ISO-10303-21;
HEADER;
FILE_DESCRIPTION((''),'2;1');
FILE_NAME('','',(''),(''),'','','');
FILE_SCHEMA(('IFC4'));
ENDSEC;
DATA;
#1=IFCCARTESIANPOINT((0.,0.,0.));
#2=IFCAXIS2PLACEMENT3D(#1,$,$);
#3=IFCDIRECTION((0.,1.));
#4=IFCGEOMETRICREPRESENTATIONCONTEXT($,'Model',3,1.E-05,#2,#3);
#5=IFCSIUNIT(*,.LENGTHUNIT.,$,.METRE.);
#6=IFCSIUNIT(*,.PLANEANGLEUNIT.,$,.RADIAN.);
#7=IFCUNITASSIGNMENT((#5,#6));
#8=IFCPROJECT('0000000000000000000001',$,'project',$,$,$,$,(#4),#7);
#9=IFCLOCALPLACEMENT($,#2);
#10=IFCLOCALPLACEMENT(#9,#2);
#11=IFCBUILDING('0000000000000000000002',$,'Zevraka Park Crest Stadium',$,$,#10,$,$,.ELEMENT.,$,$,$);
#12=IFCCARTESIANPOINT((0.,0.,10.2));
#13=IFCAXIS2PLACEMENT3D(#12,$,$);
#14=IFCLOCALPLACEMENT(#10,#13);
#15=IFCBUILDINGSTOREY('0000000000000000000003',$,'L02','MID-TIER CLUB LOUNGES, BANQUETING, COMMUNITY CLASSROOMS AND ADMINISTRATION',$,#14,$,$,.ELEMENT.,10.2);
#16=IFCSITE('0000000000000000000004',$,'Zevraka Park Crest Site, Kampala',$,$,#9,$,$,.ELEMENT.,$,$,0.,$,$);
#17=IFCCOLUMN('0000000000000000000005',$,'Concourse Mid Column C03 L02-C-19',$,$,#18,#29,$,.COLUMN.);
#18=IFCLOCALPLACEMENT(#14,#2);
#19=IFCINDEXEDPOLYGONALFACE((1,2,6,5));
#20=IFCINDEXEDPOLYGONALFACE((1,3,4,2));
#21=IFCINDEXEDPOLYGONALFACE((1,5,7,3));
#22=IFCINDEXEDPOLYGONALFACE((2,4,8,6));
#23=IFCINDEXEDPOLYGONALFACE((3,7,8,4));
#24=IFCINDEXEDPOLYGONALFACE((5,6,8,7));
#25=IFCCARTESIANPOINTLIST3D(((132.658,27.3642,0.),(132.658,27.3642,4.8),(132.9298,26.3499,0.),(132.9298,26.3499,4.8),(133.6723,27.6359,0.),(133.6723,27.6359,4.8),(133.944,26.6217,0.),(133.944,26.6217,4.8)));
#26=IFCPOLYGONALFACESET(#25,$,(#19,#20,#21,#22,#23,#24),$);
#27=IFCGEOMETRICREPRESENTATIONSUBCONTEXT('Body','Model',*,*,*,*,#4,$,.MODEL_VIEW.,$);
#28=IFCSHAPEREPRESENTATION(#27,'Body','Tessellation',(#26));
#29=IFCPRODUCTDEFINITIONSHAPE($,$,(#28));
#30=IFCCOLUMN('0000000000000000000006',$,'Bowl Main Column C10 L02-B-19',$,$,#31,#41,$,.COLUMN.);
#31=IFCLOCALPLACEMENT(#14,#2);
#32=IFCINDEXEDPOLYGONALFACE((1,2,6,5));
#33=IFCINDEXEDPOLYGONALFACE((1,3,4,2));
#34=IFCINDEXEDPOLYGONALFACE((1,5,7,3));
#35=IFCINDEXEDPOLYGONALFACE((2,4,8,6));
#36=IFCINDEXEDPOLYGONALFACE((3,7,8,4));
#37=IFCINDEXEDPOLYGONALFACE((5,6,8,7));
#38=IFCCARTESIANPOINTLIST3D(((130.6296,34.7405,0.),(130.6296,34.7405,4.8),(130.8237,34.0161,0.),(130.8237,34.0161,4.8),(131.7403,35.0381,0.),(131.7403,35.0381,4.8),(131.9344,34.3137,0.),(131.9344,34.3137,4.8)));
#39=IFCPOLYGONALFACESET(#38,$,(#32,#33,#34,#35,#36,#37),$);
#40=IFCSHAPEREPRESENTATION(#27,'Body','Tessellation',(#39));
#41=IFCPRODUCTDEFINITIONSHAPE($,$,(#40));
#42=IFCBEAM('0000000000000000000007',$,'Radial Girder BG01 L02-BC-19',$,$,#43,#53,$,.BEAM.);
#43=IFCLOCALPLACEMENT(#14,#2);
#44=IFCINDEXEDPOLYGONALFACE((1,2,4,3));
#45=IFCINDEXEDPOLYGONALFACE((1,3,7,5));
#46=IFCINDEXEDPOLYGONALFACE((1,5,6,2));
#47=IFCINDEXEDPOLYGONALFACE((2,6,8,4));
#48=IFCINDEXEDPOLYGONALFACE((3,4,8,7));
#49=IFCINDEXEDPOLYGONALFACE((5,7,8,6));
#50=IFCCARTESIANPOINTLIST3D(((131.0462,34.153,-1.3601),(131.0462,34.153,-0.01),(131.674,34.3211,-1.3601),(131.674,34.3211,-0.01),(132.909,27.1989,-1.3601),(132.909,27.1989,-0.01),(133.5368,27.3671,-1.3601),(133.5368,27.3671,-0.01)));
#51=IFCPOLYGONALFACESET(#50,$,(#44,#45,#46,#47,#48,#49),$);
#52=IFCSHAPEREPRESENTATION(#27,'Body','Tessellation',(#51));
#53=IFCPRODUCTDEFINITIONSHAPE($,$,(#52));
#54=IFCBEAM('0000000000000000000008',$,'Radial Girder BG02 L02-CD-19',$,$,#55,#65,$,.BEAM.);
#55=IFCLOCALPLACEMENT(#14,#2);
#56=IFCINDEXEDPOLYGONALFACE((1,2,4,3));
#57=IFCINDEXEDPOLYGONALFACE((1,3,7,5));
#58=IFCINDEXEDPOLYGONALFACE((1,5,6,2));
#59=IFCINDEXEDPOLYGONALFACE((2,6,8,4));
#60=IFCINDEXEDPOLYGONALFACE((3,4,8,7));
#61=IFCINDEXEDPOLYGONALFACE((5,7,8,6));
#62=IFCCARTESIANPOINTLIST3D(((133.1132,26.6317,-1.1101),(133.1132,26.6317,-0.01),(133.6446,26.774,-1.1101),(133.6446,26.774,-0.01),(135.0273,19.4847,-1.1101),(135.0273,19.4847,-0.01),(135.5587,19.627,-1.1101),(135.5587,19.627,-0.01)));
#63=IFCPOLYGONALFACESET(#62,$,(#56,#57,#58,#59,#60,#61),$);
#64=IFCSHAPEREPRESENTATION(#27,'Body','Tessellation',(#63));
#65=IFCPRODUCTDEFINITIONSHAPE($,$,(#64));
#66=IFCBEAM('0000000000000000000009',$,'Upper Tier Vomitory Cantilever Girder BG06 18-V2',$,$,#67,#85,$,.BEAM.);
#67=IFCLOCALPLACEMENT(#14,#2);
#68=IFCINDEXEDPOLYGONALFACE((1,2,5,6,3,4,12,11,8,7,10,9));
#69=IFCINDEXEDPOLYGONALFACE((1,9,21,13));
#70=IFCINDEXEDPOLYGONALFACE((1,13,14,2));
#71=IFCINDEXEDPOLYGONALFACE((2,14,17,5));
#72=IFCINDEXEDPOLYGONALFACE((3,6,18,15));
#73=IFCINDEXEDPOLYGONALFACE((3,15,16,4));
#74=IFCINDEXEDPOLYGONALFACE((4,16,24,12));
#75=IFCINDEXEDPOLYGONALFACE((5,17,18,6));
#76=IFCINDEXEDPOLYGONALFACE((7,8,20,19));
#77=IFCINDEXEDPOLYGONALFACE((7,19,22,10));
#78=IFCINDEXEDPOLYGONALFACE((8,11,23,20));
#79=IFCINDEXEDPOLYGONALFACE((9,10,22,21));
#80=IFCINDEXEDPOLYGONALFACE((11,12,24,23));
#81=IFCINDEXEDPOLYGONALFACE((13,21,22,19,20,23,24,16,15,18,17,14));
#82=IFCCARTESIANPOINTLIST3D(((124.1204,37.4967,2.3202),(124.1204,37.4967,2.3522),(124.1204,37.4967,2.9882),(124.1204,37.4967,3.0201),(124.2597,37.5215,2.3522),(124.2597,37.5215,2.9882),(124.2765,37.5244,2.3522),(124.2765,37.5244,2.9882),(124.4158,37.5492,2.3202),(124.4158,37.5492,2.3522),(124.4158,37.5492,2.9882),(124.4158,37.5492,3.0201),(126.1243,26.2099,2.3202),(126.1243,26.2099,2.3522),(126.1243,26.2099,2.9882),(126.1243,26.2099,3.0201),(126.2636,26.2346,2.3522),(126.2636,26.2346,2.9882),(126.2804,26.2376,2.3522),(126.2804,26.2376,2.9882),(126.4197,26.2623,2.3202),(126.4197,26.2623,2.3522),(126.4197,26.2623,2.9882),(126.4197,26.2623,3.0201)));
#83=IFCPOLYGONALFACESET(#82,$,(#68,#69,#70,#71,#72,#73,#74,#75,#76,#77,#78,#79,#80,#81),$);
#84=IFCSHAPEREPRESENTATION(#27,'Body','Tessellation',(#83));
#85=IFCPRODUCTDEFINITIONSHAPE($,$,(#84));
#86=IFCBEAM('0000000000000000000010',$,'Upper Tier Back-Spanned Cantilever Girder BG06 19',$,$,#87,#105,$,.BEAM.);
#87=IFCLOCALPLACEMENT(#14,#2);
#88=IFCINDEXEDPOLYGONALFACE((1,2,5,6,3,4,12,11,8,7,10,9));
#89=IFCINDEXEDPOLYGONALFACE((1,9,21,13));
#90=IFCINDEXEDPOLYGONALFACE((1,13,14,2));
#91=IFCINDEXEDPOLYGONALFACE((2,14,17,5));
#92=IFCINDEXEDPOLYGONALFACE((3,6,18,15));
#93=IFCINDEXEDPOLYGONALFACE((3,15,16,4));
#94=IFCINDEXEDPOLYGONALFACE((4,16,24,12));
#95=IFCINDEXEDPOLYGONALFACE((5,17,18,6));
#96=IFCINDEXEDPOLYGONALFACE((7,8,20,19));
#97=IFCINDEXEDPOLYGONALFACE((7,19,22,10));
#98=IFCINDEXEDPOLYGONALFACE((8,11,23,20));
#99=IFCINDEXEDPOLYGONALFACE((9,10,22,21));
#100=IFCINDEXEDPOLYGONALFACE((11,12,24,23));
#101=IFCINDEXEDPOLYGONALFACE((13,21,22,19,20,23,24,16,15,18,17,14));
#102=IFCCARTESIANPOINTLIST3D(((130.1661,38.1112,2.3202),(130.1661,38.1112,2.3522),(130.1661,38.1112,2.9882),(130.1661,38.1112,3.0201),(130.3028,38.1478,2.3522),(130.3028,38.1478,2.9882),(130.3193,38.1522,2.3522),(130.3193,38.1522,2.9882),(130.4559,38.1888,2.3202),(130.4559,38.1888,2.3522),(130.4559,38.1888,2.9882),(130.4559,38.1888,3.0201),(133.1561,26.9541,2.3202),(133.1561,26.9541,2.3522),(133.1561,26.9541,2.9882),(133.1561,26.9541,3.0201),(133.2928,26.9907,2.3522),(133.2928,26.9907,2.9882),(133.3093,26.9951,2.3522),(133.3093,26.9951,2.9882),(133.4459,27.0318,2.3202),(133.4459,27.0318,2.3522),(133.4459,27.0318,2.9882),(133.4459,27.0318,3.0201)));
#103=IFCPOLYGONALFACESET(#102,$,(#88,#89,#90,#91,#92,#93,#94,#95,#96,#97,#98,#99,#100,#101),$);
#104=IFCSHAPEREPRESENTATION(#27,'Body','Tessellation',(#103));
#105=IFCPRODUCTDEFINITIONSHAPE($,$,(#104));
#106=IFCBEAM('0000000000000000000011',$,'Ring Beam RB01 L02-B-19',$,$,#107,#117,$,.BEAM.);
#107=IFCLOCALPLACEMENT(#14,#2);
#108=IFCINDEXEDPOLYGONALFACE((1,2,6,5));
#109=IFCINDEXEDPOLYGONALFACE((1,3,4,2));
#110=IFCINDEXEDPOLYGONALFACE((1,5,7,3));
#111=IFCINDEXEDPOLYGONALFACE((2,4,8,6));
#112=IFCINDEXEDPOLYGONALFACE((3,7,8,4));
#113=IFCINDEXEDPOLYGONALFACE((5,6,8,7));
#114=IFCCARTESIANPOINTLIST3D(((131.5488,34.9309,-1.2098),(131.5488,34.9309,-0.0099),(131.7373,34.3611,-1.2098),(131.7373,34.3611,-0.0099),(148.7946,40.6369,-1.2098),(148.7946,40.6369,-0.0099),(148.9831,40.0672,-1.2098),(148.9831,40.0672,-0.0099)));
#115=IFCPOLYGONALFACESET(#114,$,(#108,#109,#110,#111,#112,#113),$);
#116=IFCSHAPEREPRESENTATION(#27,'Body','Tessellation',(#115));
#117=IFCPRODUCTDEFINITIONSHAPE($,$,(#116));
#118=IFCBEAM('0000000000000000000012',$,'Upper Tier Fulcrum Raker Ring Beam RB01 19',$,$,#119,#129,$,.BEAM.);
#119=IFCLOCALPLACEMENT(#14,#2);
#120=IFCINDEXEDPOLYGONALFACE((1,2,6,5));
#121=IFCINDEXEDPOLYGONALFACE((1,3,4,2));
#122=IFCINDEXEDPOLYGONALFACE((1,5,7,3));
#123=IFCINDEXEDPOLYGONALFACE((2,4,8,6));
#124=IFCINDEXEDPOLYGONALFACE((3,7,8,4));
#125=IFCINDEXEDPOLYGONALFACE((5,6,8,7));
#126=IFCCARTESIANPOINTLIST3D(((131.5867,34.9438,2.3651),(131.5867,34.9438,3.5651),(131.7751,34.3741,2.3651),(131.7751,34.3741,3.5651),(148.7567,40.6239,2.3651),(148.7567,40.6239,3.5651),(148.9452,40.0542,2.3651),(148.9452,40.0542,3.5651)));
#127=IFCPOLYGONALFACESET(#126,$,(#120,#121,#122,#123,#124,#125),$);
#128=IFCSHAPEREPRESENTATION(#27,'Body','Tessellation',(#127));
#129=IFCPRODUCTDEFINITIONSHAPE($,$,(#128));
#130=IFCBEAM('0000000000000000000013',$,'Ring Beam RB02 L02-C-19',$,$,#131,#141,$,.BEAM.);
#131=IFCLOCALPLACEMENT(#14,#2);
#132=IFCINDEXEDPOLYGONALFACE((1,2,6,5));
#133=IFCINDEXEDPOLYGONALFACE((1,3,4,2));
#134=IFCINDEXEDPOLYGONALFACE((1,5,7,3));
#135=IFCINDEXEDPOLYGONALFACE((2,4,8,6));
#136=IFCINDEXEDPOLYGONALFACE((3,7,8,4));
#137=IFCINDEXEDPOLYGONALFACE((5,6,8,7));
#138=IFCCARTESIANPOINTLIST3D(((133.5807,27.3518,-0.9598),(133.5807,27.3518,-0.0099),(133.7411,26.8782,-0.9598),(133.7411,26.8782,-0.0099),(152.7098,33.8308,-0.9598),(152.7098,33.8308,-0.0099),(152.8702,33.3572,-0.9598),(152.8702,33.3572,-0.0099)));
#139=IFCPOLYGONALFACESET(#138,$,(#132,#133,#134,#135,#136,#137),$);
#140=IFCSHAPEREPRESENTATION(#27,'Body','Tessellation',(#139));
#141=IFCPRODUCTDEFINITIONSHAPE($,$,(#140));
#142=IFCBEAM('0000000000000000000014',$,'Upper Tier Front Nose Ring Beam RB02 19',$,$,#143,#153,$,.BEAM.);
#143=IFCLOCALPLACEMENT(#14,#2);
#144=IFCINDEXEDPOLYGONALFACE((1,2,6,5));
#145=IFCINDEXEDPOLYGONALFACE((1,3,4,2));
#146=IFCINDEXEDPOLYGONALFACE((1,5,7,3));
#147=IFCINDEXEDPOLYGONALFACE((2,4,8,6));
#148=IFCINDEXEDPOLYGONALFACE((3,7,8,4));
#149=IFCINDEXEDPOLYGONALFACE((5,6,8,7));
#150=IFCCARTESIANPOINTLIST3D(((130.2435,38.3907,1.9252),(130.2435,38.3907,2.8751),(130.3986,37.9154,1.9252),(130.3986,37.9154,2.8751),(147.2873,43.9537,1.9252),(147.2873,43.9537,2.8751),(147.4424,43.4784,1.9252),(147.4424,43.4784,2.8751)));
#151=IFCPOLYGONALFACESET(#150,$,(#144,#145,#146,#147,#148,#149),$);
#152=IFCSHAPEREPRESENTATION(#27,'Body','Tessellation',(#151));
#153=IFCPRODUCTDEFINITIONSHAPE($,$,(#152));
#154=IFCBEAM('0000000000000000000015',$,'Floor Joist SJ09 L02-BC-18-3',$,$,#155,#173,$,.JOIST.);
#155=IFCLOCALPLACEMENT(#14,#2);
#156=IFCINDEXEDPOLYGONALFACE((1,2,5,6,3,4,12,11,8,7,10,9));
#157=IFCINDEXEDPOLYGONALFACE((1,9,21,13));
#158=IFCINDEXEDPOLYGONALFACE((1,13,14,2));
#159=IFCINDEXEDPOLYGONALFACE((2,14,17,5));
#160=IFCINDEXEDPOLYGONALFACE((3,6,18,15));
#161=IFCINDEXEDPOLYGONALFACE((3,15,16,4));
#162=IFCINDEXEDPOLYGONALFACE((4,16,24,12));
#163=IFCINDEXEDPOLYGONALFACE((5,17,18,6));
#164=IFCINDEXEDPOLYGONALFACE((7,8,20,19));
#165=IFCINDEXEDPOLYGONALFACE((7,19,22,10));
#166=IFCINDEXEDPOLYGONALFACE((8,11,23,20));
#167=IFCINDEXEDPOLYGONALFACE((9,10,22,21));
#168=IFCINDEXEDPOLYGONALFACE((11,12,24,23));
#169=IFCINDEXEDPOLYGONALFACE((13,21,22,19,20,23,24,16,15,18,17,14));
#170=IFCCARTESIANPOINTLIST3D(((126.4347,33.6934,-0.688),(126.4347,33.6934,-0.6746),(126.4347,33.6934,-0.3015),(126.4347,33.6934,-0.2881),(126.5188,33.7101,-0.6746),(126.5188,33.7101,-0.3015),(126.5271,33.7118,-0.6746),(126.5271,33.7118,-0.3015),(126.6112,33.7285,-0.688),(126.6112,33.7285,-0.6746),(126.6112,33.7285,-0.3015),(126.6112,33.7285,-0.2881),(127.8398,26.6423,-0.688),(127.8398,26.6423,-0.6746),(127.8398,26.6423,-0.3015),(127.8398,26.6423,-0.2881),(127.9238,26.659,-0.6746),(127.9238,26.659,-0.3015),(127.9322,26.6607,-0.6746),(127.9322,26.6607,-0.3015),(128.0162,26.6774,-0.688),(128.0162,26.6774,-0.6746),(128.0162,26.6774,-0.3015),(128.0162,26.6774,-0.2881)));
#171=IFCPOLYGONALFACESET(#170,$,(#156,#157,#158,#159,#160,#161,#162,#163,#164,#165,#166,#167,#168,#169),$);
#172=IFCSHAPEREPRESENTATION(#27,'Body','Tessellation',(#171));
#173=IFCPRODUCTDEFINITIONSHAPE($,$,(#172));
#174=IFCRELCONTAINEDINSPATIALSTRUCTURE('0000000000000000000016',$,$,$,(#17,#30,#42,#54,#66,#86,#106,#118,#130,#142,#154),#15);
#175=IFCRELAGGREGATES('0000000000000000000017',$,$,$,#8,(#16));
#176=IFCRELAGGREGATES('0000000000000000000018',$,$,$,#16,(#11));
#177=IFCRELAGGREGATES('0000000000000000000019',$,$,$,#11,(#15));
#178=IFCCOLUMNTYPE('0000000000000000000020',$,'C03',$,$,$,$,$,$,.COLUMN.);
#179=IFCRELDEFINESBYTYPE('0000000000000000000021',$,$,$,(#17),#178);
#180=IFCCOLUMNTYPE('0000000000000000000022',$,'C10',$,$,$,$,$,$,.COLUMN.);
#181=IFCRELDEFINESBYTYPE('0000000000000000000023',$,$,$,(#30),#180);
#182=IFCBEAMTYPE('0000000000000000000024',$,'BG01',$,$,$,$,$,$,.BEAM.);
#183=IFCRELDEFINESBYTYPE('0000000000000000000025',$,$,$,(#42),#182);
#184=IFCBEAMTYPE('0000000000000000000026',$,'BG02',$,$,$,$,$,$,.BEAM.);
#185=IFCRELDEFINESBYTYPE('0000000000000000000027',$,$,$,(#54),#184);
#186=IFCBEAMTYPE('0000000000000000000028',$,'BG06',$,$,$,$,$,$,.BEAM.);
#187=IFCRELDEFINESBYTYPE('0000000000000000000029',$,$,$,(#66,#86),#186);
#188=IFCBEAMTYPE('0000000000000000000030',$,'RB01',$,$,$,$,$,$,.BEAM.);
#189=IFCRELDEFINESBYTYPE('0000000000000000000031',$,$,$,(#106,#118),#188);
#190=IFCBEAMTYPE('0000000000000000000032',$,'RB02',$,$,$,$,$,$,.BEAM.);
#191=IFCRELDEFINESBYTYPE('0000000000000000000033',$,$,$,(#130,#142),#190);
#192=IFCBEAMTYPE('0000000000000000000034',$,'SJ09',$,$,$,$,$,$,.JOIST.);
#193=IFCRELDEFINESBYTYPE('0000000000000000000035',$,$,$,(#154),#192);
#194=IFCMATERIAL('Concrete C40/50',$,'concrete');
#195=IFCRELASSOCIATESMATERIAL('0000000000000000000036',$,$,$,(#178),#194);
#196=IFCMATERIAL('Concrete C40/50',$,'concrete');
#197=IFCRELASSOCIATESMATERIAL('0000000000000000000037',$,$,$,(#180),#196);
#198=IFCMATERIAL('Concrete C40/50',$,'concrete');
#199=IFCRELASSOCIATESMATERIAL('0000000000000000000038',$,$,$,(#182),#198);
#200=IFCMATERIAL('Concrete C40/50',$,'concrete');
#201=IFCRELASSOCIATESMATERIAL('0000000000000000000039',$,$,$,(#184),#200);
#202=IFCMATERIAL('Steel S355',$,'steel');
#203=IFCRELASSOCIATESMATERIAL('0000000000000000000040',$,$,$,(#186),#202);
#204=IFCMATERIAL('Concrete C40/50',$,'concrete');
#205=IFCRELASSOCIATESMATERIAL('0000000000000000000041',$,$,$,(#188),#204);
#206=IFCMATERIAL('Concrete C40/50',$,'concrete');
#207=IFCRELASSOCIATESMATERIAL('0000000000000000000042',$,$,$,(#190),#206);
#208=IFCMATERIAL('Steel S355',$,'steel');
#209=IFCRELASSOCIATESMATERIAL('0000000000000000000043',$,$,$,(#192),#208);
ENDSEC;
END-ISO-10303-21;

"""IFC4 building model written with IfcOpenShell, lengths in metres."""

from ifc_helpers import new_model, si_unit, direction, frame, origin, origin_2d, place, context, subcontext, project, spatial, rectangle, i_section, extrude, material, material_profile, profile_set, type_object, element, save


model = new_model("IFC4")

# Units and contexts
model_context = context("Model", 3, precision=1e-05, world=origin(), true_north=direction((0.0, 1.0)))
body_context = subcontext(model_context, "Body", "Model", "MODEL_VIEW")
ifc_project = project(units=[si_unit("LENGTHUNIT", "METRE"), si_unit("PLANEANGLEUNIT", "RADIAN")], contexts=[model_context])

# Site, building, storey
site_placement = place(None, origin())
site = spatial("IfcSite", under=ifc_project, at=site_placement, Name="Zevraka Park Crest Site, Kampala", CompositionType="ELEMENT", RefElevation=0.0)
building_placement = place(site_placement, origin())
building = spatial("IfcBuilding", under=site, at=building_placement, Name="Zevraka Park Crest Stadium", CompositionType="ELEMENT")
storey_placement = place(building_placement, frame((0.0, 0.0, 10.2)))
storey = spatial("IfcBuildingStorey", under=building, at=storey_placement, Name="L02", Description="MID-TIER CLUB LOUNGES, BANQUETING, COMMUNITY CLASSROOMS AND ADMINISTRATION", CompositionType="ELEMENT", Elevation=10.2)

# Columns
ifc_material_1 = material(Name="Concrete C40/50", Category="concrete")
ifc_material_profile_1 = material_profile(ifc_material_1, rectangle(XDim=1.05, YDim=1.05, at=origin_2d()), Name="RC 1050x1050")
ifc_profile_set_1 = profile_set([ifc_material_profile_1], Name="Concrete C40/50")
column_type_1 = type_object("IfcColumnType", Name="C03", PredefinedType="COLUMN", material=ifc_profile_set_1)
column_1_placement = place(storey_placement, frame((133.301, 26.9929, 0.0), z_axis=(0.0, 0.0, 1.0), x_axis=(-0.258819, 0.965926, 0.0)))
element("IfcColumn", 1, at=column_1_placement, inside=storey, type_object=column_type_1, Name="Concourse Mid Column C03 L02-C-19", PredefinedType="COLUMN", context=body_context, shape_type="SweptSolid", body=[
    extrude(rectangle(XDim=1.05, YDim=1.05, at=origin_2d()), origin(), (0.0, 0.0, 1.0), 4.8),
])
ifc_material_2 = material(Name="Concrete C40/50", Category="concrete")
ifc_material_profile_2 = material_profile(ifc_material_2, rectangle(XDim=0.75, YDim=1.1499, at=origin_2d()), Name="RC 1150x750")
ifc_profile_set_2 = profile_set([ifc_material_profile_2], Name="Concrete C40/50")
column_type_2 = type_object("IfcColumnType", Name="C10", PredefinedType="COLUMN", material=ifc_profile_set_2)
column_2_placement = place(storey_placement, frame((131.282, 34.5271, 0.0), z_axis=(0.0, 0.0, 1.0), x_axis=(-0.258819, 0.965926, 0.0)))
element("IfcColumn", 2, at=column_2_placement, inside=storey, type_object=column_type_2, Name="Bowl Main Column C10 L02-B-19", PredefinedType="COLUMN", context=body_context, shape_type="SweptSolid", body=[
    extrude(rectangle(XDim=0.75, YDim=1.1499, at=origin_2d()), origin(), (0.0, 0.0, 1.0), 4.8),
])

# Beams
ifc_material_3 = material(Name="Concrete C40/50", Category="concrete")
ifc_material_profile_3 = material_profile(ifc_material_3, rectangle(XDim=0.6499, YDim=1.3501, at=origin_2d()), Name="RC 1350x650")
ifc_profile_set_3 = profile_set([ifc_material_profile_3], Name="Concrete C40/50")
beam_type_1 = type_object("IfcBeamType", Name="BG01", PredefinedType="BEAM", material=ifc_profile_set_3)
beam_1_placement = place(storey_placement, frame((131.3601, 34.2371, -0.6851), z_axis=(0.258747, -0.965945, 0.0), x_axis=(0.965945, 0.258747, 0.0)))
element("IfcBeam", 3, at=beam_1_placement, inside=storey, type_object=beam_type_1, Name="Radial Girder BG01 L02-BC-19", PredefinedType="BEAM", context=body_context, shape_type="SweptSolid", body=[
    extrude(rectangle(XDim=0.6499, YDim=1.3501, at=origin_2d()), origin(), (0.0, 0.0, 1.0), 7.1992),
])
ifc_material_4 = material(Name="Concrete C40/50", Category="concrete")
ifc_material_profile_4 = material_profile(ifc_material_4, rectangle(XDim=0.55, YDim=1.1001, at=origin_2d()), Name="RC 1100x550")
ifc_profile_set_4 = profile_set([ifc_material_profile_4], Name="Concrete C40/50")
beam_type_2 = type_object("IfcBeamType", Name="BG02", PredefinedType="BEAM", material=ifc_profile_set_4)
beam_2_placement = place(storey_placement, frame((133.3789, 26.7029, -0.5601), z_axis=(0.258698, -0.965958, 0.0), x_axis=(0.965958, 0.258698, 0.0)))
element("IfcBeam", 4, at=beam_2_placement, inside=storey, type_object=beam_type_2, Name="Radial Girder BG02 L02-CD-19", PredefinedType="BEAM", context=body_context, shape_type="SweptSolid", body=[
    extrude(rectangle(XDim=0.55, YDim=1.1001, at=origin_2d()), origin(), (0.0, 0.0, 1.0), 7.3989),
])
ifc_material_5 = material(Name="Steel S355", Category="steel")
ifc_material_profile_5 = material_profile(ifc_material_5, i_section(OverallWidth=0.3, OverallDepth=0.7, WebThickness=0.0171, FlangeThickness=0.032, at=origin_2d()), Name="HEB 700")
ifc_profile_set_5 = profile_set([ifc_material_profile_5], Name="Steel S355")
beam_type_3 = type_object("IfcBeamType", Name="BG06", PredefinedType="BEAM", material=ifc_profile_set_5)
beam_3_placement = place(storey_placement, frame((126.272, 26.2361, 2.6702), z_axis=(-0.174809, 0.984602, 0.0), x_axis=(-0.984602, -0.174809, 0.0)))
element("IfcBeam", 5, at=beam_3_placement, inside=storey, type_object=beam_type_3, Name="Upper Tier Vomitory Cantilever Girder BG06 18-V2", PredefinedType="BEAM", context=body_context, shape_type="SweptSolid", body=[
    extrude(i_section(OverallWidth=0.3, OverallDepth=0.7, WebThickness=0.0171, FlangeThickness=0.032, at=origin_2d()), origin(), (0.0, 0.0, 1.0), 11.4634),
])
beam_4_placement = place(storey_placement, frame((133.301, 26.9929, 2.6702), z_axis=(-0.258858, 0.965915, 0.0), x_axis=(-0.965915, -0.258858, 0.0)))
element("IfcBeam", 6, at=beam_4_placement, inside=storey, type_object=beam_type_3, Name="Upper Tier Back-Spanned Cantilever Girder BG06 19", PredefinedType="BEAM", context=body_context, shape_type="SweptSolid", body=[
    extrude(i_section(OverallWidth=0.3, OverallDepth=0.7, WebThickness=0.0171, FlangeThickness=0.032, at=origin_2d()), origin(), (0.0, 0.0, 1.0), 11.5508),
])
ifc_material_6 = material(Name="Concrete C40/50", Category="concrete")
ifc_material_profile_6 = material_profile(ifc_material_6, rectangle(XDim=0.6001, YDim=1.2, at=origin_2d()), Name="RC 1200x600")
ifc_profile_set_6 = profile_set([ifc_material_profile_6], Name="Concrete C40/50")
beam_type_4 = type_object("IfcBeamType", Name="RB01", PredefinedType="BEAM", material=ifc_profile_set_6)
beam_5_placement = place(storey_placement, frame((131.6431, 34.646, -0.6099), z_axis=(0.949384, 0.314118, 0.0), x_axis=(-0.314118, 0.949384, 0.0)))
element("IfcBeam", 7, at=beam_5_placement, inside=storey, type_object=beam_type_4, Name="Ring Beam RB01 L02-B-19", PredefinedType="BEAM", context=body_context, shape_type="SweptSolid", body=[
    extrude(rectangle(XDim=0.6001, YDim=1.2, at=origin_2d()), origin(), (0.0, 0.0, 1.0), 18.1653),
])
beam_6_placement = place(storey_placement, frame((131.6809, 34.6589, 2.9651), z_axis=(0.949398, 0.314077, 0.0), x_axis=(-0.314077, 0.949398, 0.0)))
element("IfcBeam", 8, at=beam_6_placement, inside=storey, type_object=beam_type_4, Name="Upper Tier Fulcrum Raker Ring Beam RB01 19", PredefinedType="BEAM", context=body_context, shape_type="SweptSolid", body=[
    extrude(rectangle(XDim=0.6001, YDim=1.2, at=origin_2d()), origin(), (0.0, 0.0, 1.0), 18.0852),
])
ifc_material_7 = material(Name="Concrete C40/50", Category="concrete")
ifc_material_profile_7 = material_profile(ifc_material_7, rectangle(XDim=0.5, YDim=0.95, at=origin_2d()), Name="RC 950x500")
ifc_profile_set_7 = profile_set([ifc_material_profile_7], Name="Concrete C40/50")
beam_type_5 = type_object("IfcBeamType", Name="RB02", PredefinedType="BEAM", material=ifc_profile_set_7)
beam_7_placement = place(storey_placement, frame((133.6609, 27.115, -0.4849), z_axis=(0.947148, 0.320797, 0.0), x_axis=(-0.320797, 0.947148, 0.0)))
element("IfcBeam", 9, at=beam_7_placement, inside=storey, type_object=beam_type_5, Name="Ring Beam RB02 L02-C-19", PredefinedType="BEAM", context=body_context, shape_type="SweptSolid", body=[
    extrude(rectangle(XDim=0.5, YDim=0.95, at=origin_2d()), origin(), (0.0, 0.0, 1.0), 20.1965),
])
beam_8_placement = place(storey_placement, frame((130.321, 38.1531, 2.4001), z_axis=(0.950645, 0.310282, 0.0), x_axis=(-0.310282, 0.950645, 0.0)))
element("IfcBeam", 10, at=beam_8_placement, inside=storey, type_object=beam_type_5, Name="Upper Tier Front Nose Ring Beam RB02 19", PredefinedType="BEAM", context=body_context, shape_type="SweptSolid", body=[
    extrude(rectangle(XDim=0.5, YDim=0.95, at=origin_2d()), origin(), (0.0, 0.0, 1.0), 17.9287),
])
ifc_material_8 = material(Name="Steel S355", Category="steel")
ifc_material_profile_8 = material_profile(ifc_material_8, i_section(OverallWidth=0.1799, OverallDepth=0.3999, WebThickness=0.0085, FlangeThickness=0.0134, at=origin_2d()), Name="IPE 400")
ifc_profile_set_8 = profile_set([ifc_material_profile_8], Name="Steel S355")
beam_type_6 = type_object("IfcBeamType", Name="SJ09", PredefinedType="JOIST", material=ifc_profile_set_8)
beam_9_placement = place(storey_placement, frame((126.5229, 33.7109, -0.488), z_axis=(0.195424, -0.980719, 0.0), x_axis=(0.980719, 0.195424, 0.0)))
element("IfcBeam", 11, at=beam_9_placement, inside=storey, type_object=beam_type_6, Name="Floor Joist SJ09 L02-BC-18-3", PredefinedType="JOIST", context=body_context, shape_type="SweptSolid", body=[
    extrude(i_section(OverallWidth=0.1799, OverallDepth=0.3999, WebThickness=0.0085, FlangeThickness=0.0134, at=origin_2d()), origin(), (0.0, 0.0, 1.0), 7.1897),
])

save(model, "model.ifc")
